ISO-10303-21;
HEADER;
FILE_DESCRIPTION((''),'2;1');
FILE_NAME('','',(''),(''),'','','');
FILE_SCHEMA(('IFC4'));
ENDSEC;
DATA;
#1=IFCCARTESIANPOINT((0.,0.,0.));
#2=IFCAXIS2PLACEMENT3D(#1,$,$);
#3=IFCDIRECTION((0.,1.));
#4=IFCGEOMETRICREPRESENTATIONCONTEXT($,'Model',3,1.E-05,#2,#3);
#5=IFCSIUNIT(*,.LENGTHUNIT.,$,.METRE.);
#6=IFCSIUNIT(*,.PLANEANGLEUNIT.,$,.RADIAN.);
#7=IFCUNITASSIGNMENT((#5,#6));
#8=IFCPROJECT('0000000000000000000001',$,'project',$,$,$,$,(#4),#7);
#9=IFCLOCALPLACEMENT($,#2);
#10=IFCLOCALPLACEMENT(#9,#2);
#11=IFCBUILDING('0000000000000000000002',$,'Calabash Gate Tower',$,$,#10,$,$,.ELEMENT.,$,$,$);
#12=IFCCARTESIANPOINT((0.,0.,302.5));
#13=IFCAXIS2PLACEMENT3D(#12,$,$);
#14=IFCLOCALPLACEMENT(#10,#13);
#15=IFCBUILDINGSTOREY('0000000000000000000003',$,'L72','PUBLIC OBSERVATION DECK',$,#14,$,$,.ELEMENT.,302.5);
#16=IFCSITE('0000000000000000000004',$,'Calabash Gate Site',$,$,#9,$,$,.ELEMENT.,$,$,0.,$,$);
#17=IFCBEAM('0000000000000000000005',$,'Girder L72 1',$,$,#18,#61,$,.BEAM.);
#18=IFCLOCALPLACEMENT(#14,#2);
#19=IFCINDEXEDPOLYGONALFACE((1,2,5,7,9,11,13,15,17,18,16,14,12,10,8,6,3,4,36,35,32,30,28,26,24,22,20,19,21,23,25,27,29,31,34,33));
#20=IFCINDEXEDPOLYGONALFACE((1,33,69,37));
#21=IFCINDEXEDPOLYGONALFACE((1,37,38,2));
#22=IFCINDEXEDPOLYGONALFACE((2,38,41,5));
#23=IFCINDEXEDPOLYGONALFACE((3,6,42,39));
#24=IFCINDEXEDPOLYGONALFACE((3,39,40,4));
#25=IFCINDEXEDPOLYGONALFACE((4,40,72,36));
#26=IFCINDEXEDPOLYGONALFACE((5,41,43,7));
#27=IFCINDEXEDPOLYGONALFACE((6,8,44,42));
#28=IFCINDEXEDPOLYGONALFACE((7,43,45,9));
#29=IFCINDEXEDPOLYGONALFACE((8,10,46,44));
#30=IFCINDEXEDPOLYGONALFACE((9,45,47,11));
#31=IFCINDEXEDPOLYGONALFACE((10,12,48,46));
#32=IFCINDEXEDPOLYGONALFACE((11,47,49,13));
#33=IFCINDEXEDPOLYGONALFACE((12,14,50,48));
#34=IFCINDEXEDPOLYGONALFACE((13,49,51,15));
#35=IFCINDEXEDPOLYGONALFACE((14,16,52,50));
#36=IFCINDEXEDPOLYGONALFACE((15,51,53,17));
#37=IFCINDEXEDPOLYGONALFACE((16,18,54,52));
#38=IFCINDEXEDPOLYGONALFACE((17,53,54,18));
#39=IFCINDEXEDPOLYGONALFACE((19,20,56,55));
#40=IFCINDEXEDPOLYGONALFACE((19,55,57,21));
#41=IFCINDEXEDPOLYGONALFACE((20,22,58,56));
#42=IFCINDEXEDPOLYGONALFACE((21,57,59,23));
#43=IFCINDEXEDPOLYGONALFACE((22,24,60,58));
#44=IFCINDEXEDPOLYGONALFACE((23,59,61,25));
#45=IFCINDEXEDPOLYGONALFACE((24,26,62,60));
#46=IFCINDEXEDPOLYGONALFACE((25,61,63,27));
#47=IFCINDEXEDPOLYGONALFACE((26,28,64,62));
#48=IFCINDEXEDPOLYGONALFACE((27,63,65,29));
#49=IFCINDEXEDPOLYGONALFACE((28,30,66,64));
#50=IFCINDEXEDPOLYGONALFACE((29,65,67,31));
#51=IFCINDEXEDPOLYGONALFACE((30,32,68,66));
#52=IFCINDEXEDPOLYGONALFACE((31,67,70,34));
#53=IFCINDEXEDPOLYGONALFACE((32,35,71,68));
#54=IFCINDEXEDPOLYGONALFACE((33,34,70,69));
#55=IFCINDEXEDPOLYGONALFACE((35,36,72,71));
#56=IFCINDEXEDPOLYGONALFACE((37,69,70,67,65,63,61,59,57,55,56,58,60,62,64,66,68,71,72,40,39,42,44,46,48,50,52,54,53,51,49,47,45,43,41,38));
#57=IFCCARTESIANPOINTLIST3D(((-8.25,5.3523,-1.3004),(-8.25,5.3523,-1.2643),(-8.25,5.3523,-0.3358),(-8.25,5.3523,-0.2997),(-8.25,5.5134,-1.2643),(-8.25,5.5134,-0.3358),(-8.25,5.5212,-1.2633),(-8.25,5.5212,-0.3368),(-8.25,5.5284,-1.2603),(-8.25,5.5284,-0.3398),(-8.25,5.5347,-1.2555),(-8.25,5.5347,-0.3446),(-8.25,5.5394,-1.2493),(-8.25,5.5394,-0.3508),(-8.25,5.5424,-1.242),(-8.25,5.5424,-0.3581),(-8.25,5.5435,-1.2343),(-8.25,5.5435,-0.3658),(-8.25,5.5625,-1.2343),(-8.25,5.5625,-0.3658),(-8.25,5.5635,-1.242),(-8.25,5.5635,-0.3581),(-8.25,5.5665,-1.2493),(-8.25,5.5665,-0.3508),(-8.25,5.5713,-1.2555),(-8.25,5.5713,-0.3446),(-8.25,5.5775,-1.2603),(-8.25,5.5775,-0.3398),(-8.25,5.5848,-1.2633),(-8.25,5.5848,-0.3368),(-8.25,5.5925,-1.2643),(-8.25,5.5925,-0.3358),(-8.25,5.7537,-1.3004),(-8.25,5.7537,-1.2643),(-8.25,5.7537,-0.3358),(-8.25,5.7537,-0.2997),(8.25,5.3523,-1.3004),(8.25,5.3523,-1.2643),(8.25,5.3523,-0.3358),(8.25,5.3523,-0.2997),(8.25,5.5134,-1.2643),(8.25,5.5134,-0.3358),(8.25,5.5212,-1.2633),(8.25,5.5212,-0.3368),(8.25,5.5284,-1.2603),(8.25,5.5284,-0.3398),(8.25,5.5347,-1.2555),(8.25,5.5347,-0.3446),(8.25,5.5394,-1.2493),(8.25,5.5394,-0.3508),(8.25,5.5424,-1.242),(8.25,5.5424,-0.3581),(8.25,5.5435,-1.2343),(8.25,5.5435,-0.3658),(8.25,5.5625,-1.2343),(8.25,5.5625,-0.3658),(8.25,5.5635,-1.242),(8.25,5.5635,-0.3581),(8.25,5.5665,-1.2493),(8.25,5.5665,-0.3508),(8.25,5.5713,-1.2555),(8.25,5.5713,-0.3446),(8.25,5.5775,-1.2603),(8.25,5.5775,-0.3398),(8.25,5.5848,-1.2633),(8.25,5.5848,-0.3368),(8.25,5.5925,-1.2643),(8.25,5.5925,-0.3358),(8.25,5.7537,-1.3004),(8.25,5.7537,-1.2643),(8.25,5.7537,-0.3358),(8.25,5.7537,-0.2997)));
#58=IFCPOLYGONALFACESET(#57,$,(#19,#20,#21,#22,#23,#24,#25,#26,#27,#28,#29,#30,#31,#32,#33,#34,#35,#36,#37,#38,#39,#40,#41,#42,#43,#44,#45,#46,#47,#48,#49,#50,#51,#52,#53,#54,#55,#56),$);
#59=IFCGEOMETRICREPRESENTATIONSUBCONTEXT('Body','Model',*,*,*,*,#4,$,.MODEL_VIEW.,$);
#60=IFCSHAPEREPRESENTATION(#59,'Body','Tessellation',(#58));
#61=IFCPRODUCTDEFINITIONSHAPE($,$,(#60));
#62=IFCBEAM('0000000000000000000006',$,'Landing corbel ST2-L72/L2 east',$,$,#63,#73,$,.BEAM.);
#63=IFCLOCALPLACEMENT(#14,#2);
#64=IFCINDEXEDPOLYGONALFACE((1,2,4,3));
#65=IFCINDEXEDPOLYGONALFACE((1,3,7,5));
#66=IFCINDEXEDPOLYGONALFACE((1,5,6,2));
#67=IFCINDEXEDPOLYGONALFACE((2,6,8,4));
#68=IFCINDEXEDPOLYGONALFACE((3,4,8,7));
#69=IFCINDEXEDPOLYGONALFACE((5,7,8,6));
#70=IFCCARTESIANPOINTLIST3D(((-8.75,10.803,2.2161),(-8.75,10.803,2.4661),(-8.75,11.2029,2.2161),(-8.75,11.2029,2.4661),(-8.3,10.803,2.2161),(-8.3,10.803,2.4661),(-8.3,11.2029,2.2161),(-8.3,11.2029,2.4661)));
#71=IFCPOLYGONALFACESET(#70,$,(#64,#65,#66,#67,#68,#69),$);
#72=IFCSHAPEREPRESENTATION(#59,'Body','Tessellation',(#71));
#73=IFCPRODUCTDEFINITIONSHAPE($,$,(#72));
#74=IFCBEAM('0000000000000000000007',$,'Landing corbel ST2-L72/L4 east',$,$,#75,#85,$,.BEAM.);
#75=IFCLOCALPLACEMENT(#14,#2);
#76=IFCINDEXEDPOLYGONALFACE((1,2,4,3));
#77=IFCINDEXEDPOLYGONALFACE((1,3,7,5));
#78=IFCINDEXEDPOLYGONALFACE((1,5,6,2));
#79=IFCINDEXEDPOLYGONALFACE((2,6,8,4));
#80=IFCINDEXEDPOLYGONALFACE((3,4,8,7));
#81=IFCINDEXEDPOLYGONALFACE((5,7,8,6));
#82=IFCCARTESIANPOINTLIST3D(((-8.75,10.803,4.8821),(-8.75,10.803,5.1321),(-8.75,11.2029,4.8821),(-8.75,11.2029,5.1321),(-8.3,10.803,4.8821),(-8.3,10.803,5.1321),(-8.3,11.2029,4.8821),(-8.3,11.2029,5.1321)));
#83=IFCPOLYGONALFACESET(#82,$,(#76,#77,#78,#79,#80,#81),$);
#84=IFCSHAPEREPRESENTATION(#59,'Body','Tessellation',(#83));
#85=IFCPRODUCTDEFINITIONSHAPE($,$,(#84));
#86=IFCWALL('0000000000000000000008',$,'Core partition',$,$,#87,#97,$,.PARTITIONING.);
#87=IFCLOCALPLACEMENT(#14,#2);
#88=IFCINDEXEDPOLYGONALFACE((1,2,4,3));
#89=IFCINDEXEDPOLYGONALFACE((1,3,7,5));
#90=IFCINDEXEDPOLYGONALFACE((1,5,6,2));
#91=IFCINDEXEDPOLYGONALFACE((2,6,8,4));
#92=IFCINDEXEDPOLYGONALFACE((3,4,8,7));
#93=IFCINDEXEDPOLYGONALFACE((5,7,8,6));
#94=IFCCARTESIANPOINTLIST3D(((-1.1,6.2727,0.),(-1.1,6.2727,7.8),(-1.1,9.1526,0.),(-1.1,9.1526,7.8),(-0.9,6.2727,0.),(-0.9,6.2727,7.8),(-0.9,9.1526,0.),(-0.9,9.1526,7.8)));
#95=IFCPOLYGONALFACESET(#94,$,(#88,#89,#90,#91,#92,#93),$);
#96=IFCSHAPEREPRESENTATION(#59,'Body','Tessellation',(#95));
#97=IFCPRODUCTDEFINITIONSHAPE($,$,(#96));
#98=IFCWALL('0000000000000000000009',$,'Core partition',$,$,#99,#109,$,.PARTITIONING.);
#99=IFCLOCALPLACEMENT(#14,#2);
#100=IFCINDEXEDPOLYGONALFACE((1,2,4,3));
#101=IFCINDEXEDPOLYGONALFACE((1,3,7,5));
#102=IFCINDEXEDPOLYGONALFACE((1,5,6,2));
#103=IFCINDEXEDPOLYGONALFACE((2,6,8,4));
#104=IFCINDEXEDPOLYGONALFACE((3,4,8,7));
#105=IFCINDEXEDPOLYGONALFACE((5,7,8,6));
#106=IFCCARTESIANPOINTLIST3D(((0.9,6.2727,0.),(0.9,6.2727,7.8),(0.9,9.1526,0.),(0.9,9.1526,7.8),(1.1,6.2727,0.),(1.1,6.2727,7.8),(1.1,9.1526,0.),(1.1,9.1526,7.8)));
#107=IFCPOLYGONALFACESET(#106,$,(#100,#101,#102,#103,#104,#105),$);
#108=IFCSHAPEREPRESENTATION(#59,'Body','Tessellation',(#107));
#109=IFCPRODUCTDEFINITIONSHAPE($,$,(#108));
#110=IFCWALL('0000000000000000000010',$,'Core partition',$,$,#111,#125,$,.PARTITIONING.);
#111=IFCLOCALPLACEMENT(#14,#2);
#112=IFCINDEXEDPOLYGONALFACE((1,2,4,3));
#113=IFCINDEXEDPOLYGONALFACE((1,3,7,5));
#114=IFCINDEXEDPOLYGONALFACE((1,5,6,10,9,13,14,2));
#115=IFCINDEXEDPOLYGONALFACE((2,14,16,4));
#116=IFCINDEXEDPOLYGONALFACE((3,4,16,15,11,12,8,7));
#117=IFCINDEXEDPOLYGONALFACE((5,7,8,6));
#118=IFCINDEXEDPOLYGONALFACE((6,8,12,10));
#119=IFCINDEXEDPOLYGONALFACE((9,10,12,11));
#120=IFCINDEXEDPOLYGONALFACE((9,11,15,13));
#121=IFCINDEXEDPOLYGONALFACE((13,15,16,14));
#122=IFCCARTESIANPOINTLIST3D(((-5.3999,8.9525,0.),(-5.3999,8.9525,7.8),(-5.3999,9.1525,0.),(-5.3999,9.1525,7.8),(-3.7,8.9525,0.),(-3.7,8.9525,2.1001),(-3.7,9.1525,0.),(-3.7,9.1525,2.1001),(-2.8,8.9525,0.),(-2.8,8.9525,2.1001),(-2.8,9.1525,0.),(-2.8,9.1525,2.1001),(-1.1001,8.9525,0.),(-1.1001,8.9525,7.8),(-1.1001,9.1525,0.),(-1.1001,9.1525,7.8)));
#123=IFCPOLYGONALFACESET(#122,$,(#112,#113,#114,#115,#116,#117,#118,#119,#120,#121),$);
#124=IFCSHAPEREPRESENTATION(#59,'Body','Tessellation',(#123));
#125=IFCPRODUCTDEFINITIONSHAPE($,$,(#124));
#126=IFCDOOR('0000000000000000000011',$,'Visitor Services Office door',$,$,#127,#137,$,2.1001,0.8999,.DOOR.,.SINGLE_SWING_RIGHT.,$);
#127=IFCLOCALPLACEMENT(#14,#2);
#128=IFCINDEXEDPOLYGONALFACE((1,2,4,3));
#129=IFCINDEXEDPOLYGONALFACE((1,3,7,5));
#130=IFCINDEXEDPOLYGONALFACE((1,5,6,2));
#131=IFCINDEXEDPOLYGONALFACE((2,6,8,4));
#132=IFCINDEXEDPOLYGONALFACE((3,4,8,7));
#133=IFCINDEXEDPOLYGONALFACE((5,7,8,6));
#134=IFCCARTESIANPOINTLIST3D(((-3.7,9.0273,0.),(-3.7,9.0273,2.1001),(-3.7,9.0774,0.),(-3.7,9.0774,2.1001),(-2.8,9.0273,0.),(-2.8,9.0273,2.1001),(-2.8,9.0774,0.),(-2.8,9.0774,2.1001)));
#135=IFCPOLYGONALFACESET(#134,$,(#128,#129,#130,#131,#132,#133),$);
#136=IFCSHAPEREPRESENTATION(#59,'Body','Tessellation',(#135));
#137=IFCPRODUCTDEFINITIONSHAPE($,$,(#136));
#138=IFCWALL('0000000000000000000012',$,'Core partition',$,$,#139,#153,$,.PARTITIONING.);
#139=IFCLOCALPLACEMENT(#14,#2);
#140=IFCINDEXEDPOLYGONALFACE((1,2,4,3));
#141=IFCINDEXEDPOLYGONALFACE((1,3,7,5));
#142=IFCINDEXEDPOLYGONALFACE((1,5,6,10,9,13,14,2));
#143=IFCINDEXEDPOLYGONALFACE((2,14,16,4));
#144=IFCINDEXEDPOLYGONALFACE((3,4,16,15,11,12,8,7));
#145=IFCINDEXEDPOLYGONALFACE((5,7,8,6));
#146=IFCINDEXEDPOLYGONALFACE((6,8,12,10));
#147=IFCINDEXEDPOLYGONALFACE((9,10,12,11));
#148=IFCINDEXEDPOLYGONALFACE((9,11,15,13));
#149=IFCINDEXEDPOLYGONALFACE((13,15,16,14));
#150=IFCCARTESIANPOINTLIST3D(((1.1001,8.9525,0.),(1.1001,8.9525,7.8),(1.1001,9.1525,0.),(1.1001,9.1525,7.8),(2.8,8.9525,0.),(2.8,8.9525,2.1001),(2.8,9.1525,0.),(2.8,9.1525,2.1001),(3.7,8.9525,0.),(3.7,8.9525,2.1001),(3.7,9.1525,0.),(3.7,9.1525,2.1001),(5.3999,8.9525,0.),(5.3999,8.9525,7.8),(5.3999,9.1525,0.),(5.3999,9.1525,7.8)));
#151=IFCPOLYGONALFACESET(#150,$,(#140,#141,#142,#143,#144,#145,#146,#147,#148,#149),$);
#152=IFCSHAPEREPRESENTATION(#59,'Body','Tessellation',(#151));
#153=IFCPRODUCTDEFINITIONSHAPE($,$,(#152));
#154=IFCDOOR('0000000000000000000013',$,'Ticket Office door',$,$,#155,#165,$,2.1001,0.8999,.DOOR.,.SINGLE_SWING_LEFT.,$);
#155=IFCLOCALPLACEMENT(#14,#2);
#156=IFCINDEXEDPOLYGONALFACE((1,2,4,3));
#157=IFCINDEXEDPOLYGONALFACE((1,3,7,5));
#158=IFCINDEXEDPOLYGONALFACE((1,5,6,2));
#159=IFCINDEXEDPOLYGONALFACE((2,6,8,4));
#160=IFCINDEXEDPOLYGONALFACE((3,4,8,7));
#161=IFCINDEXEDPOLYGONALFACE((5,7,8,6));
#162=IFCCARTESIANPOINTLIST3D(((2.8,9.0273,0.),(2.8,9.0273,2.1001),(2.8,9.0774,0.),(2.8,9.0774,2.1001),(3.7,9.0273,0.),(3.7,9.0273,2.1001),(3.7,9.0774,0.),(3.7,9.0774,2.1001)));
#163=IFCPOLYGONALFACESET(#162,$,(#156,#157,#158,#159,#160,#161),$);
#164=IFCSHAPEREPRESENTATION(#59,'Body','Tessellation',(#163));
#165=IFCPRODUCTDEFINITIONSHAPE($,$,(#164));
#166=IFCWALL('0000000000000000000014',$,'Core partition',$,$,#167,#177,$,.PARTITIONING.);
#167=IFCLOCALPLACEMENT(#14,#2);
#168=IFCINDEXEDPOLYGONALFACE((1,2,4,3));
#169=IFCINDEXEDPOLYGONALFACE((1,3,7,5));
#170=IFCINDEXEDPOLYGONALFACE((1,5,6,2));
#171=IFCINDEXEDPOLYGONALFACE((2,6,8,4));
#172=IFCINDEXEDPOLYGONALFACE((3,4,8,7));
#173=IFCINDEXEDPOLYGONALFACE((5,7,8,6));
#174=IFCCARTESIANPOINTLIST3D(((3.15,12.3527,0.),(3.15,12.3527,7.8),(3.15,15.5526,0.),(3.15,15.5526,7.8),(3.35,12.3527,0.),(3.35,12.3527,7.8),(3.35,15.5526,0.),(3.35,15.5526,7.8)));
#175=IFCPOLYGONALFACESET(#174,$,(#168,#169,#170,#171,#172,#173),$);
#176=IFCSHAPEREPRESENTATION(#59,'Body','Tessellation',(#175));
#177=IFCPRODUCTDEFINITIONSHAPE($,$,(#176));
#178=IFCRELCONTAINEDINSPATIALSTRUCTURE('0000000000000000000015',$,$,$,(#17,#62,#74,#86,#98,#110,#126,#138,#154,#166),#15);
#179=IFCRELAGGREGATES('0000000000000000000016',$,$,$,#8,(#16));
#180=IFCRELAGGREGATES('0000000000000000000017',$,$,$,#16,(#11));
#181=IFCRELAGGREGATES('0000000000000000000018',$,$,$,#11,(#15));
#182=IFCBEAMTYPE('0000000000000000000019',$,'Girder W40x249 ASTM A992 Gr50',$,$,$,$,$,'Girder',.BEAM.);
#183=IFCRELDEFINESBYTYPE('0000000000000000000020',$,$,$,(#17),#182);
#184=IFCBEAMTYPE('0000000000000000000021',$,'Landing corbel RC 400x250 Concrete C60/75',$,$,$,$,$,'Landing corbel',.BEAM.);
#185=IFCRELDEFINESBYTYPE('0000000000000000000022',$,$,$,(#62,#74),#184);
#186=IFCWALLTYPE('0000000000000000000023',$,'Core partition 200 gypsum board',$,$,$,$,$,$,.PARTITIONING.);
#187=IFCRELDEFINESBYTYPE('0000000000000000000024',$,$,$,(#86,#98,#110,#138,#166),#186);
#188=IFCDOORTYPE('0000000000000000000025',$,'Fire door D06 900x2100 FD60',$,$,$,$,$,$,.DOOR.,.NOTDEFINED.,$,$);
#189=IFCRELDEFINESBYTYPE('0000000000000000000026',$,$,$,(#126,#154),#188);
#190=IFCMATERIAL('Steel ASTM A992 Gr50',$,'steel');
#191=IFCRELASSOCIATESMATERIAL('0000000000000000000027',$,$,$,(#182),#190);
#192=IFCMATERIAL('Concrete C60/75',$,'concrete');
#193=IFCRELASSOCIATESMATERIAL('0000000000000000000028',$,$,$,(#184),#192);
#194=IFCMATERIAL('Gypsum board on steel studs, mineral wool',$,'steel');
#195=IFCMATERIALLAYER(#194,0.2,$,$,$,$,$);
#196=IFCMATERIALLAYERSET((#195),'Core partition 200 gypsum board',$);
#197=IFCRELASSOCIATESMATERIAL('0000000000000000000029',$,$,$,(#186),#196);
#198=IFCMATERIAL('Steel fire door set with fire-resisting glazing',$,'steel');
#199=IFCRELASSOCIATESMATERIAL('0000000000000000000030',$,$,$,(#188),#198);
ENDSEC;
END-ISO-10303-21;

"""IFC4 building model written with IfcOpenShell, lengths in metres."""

from ifc_helpers import new_model, si_unit, direction, frame, frame_2d, origin, origin_2d, place, context, subcontext, project, spatial, rectangle, i_section, extrude, material, layer, layer_set, material_profile, profile_set, type_object, element, fill, save


model = new_model("IFC4")

# Units and contexts
model_context = context("Model", 3, precision=1e-05, world=origin(), true_north=direction((0.0, 1.0)))
body_context = subcontext(model_context, "Body", "Model", "MODEL_VIEW")
ifc_project = project(units=[si_unit("LENGTHUNIT", "METRE"), si_unit("PLANEANGLEUNIT", "RADIAN")], contexts=[model_context])

# Site, building, storey
site_placement = place(None, origin())
site = spatial("IfcSite", under=ifc_project, at=site_placement, Name="Calabash Gate Site", CompositionType="ELEMENT", RefElevation=0.0)
building_placement = place(site_placement, origin())
building = spatial("IfcBuilding", under=site, at=building_placement, Name="Calabash Gate Tower", CompositionType="ELEMENT")
storey_placement = place(building_placement, frame((0.0, 0.0, 302.5)))
storey = spatial("IfcBuildingStorey", under=building, at=storey_placement, Name="L72", Description="PUBLIC OBSERVATION DECK", CompositionType="ELEMENT", Elevation=302.5)

# Beams
ifc_material_1 = material(Name="Steel ASTM A992 Gr50", Category="steel")
ifc_material_profile_1 = material_profile(ifc_material_1, i_section(OverallWidth=0.4014, OverallDepth=1.0007, WebThickness=0.019, FlangeThickness=0.0361, FilletRadius=0.03, at=origin_2d()))
ifc_profile_set_1 = profile_set([ifc_material_profile_1], Name="Steel ASTM A992 Gr50")
beam_type_1 = type_object("IfcBeamType", Name="Girder W40x249 ASTM A992 Gr50", ElementType="Girder", PredefinedType="BEAM", material=ifc_profile_set_1)
beam_placement = place(storey_placement, frame((-8.25, 5.553, -0.8), z_axis=(1.0, 0.0, 0.0), x_axis=(0.0, 1.0, 0.0)))
element("IfcBeam", 1, at=beam_placement, inside=storey, type_object=beam_type_1, Name="Girder L72 1", PredefinedType="BEAM", context=body_context, shape_type="SweptSolid", body=[
    extrude(i_section(OverallWidth=0.4014, OverallDepth=1.0007, WebThickness=0.019, FlangeThickness=0.0361, FilletRadius=0.03, at=origin_2d()), origin(), (0.0, 0.0, 1.0), 16.5),
])
ifc_material_2 = material(Name="Concrete C60/75", Category="concrete")
ifc_material_profile_2 = material_profile(ifc_material_2, rectangle(XDim=0.3999, YDim=0.25, at=origin_2d()))
ifc_profile_set_2 = profile_set([ifc_material_profile_2], Name="Concrete C60/75")
beam_type_2 = type_object("IfcBeamType", Name="Landing corbel RC 400x250 Concrete C60/75", ElementType="Landing corbel", PredefinedType="BEAM", material=ifc_profile_set_2)
for number, where, z_axis, x_axis, name in (
    (2, (-8.3, 11.0029, 2.3411), (-1.0, 0.0, 0.0), (0.0, -1.0, 0.0), "Landing corbel ST2-L72/L2 east"),
    (3, (-8.3, 11.0029, 5.0071), (-1.0, 0.0, 0.0), (0.0, -1.0, 0.0), "Landing corbel ST2-L72/L4 east"),
):
    element("IfcBeam", number, at=place(storey_placement, frame(where, z_axis=z_axis, x_axis=x_axis)), inside=storey, type_object=beam_type_2, Name=name, PredefinedType="BEAM", context=body_context, shape_type="SweptSolid", body=[
        extrude(rectangle(XDim=0.3999, YDim=0.25, at=origin_2d()), origin(), (0.0, 0.0, 1.0), 0.45),
    ])

# Walls
ifc_material_3 = material(Name="Gypsum board on steel studs, mineral wool", Category="steel")
ifc_layer_1 = layer(ifc_material_3, 0.2)
ifc_layer_set_1 = layer_set([ifc_layer_1], Name="Core partition 200 gypsum board")
wall_type_1 = type_object("IfcWallType", Name="Core partition 200 gypsum board", PredefinedType="PARTITIONING", material=ifc_layer_set_1)
for number, where, z_axis, x_axis, name in (
    (4, (-1.0, 6.2727, 0.0), (0.0, 0.0, 1.0), (0.0, 1.0, 0.0), "Core partition"),
    (5, (1.0, 6.2727, 0.0), (0.0, 0.0, 1.0), (0.0, 1.0, 0.0), "Core partition"),
):
    element("IfcWall", number, at=place(storey_placement, frame(where, z_axis=z_axis, x_axis=x_axis)), inside=storey, type_object=wall_type_1, Name=name, PredefinedType="PARTITIONING", context=body_context, shape_type="SweptSolid", body=[
        extrude(rectangle(XDim=2.8799, YDim=0.2, at=frame_2d((1.4399, 0.0))), origin(), (0.0, 0.0, 1.0), 7.8),
    ])

# Walls, openings, doors
wall_1_placement = place(storey_placement, frame((-5.3999, 9.0525, 0.0), z_axis=(0.0, 0.0, 1.0), x_axis=(1.0, 0.0, 0.0)))
wall_1 = element("IfcWall", 6, at=wall_1_placement, inside=storey, type_object=wall_type_1, Name="Core partition", PredefinedType="PARTITIONING", context=body_context, shape_type="SweptSolid", body=[
    extrude(rectangle(XDim=4.2998, YDim=0.2, at=frame_2d((2.1499, 0.0))), origin(), (0.0, 0.0, 1.0), 7.8),
])
opening_1_placement = place(wall_1_placement, frame((1.7, 0.0, 0.0)))
opening_1 = element("IfcOpeningElement", 7, at=opening_1_placement, cuts=wall_1, PredefinedType="OPENING", context=body_context, shape_type="SweptSolid", body=[
    extrude(rectangle(XDim=0.8999, YDim=2.1001, at=frame_2d((0.45, 1.05))), frame((0.0, 0.1099, 0.0), z_axis=(0.0, -1.0, 0.0), x_axis=(1.0, 0.0, 0.0)), (0.0, 0.0, 1.0), 0.22),
])
ifc_material_4 = material(Name="Steel fire door set with fire-resisting glazing", Category="steel")
door_type_1 = type_object("IfcDoorType", Name="Fire door D06 900x2100 FD60", OperationType="NOTDEFINED", PredefinedType="DOOR", material=ifc_material_4)
door_1_placement = place(opening_1_placement, origin())
door_1 = element("IfcDoor", 8, at=door_1_placement, inside=storey, type_object=door_type_1, Name="Visitor Services Office door", OperationType="SINGLE_SWING_RIGHT", OverallHeight=2.1001, OverallWidth=0.8999, PredefinedType="DOOR", context=body_context, shape_type="SweptSolid", body=[
    extrude(rectangle(XDim=0.8999, YDim=2.1001, at=frame_2d((0.45, 1.05))), frame((0.0, 0.0249, 0.0), z_axis=(0.0, -1.0, 0.0), x_axis=(1.0, 0.0, 0.0)), (0.0, 0.0, 1.0), 0.05),
])
fill(opening_1, door_1)
wall_2_placement = place(storey_placement, frame((1.1001, 9.0525, 0.0), z_axis=(0.0, 0.0, 1.0), x_axis=(1.0, 0.0, 0.0)))
wall_2 = element("IfcWall", 9, at=wall_2_placement, inside=storey, type_object=wall_type_1, Name="Core partition", PredefinedType="PARTITIONING", context=body_context, shape_type="SweptSolid", body=[
    extrude(rectangle(XDim=4.2998, YDim=0.2, at=frame_2d((2.1499, 0.0))), origin(), (0.0, 0.0, 1.0), 7.8),
])
opening_2_placement = place(wall_2_placement, frame((1.7, 0.0, 0.0)))
opening_2 = element("IfcOpeningElement", 10, at=opening_2_placement, cuts=wall_2, PredefinedType="OPENING", context=body_context, shape_type="SweptSolid", body=[
    extrude(rectangle(XDim=0.8999, YDim=2.1001, at=frame_2d((0.45, 1.05))), frame((0.0, 0.1099, 0.0), z_axis=(0.0, -1.0, 0.0), x_axis=(1.0, 0.0, 0.0)), (0.0, 0.0, 1.0), 0.22),
])
door_2_placement = place(opening_2_placement, origin())
door_2 = element("IfcDoor", 11, at=door_2_placement, inside=storey, type_object=door_type_1, Name="Ticket Office door", OperationType="SINGLE_SWING_LEFT", OverallHeight=2.1001, OverallWidth=0.8999, PredefinedType="DOOR", context=body_context, shape_type="SweptSolid", body=[
    extrude(rectangle(XDim=0.8999, YDim=2.1001, at=frame_2d((0.45, 1.05))), frame((0.0, 0.0249, 0.0), z_axis=(0.0, -1.0, 0.0), x_axis=(1.0, 0.0, 0.0)), (0.0, 0.0, 1.0), 0.05),
])
fill(opening_2, door_2)

# Wall
wall_3_placement = place(storey_placement, frame((3.25, 12.3525, 0.0), z_axis=(0.0, 0.0, 1.0), x_axis=(0.0, 1.0, 0.0)))
element("IfcWall", 12, at=wall_3_placement, inside=storey, type_object=wall_type_1, Name="Core partition", PredefinedType="PARTITIONING", context=body_context, shape_type="SweptSolid", body=[
    extrude(rectangle(XDim=3.2, YDim=0.2, at=frame_2d((1.6001, 0.0))), origin(), (0.0, 0.0, 1.0), 7.8),
])

save(model, "model.ifc")
